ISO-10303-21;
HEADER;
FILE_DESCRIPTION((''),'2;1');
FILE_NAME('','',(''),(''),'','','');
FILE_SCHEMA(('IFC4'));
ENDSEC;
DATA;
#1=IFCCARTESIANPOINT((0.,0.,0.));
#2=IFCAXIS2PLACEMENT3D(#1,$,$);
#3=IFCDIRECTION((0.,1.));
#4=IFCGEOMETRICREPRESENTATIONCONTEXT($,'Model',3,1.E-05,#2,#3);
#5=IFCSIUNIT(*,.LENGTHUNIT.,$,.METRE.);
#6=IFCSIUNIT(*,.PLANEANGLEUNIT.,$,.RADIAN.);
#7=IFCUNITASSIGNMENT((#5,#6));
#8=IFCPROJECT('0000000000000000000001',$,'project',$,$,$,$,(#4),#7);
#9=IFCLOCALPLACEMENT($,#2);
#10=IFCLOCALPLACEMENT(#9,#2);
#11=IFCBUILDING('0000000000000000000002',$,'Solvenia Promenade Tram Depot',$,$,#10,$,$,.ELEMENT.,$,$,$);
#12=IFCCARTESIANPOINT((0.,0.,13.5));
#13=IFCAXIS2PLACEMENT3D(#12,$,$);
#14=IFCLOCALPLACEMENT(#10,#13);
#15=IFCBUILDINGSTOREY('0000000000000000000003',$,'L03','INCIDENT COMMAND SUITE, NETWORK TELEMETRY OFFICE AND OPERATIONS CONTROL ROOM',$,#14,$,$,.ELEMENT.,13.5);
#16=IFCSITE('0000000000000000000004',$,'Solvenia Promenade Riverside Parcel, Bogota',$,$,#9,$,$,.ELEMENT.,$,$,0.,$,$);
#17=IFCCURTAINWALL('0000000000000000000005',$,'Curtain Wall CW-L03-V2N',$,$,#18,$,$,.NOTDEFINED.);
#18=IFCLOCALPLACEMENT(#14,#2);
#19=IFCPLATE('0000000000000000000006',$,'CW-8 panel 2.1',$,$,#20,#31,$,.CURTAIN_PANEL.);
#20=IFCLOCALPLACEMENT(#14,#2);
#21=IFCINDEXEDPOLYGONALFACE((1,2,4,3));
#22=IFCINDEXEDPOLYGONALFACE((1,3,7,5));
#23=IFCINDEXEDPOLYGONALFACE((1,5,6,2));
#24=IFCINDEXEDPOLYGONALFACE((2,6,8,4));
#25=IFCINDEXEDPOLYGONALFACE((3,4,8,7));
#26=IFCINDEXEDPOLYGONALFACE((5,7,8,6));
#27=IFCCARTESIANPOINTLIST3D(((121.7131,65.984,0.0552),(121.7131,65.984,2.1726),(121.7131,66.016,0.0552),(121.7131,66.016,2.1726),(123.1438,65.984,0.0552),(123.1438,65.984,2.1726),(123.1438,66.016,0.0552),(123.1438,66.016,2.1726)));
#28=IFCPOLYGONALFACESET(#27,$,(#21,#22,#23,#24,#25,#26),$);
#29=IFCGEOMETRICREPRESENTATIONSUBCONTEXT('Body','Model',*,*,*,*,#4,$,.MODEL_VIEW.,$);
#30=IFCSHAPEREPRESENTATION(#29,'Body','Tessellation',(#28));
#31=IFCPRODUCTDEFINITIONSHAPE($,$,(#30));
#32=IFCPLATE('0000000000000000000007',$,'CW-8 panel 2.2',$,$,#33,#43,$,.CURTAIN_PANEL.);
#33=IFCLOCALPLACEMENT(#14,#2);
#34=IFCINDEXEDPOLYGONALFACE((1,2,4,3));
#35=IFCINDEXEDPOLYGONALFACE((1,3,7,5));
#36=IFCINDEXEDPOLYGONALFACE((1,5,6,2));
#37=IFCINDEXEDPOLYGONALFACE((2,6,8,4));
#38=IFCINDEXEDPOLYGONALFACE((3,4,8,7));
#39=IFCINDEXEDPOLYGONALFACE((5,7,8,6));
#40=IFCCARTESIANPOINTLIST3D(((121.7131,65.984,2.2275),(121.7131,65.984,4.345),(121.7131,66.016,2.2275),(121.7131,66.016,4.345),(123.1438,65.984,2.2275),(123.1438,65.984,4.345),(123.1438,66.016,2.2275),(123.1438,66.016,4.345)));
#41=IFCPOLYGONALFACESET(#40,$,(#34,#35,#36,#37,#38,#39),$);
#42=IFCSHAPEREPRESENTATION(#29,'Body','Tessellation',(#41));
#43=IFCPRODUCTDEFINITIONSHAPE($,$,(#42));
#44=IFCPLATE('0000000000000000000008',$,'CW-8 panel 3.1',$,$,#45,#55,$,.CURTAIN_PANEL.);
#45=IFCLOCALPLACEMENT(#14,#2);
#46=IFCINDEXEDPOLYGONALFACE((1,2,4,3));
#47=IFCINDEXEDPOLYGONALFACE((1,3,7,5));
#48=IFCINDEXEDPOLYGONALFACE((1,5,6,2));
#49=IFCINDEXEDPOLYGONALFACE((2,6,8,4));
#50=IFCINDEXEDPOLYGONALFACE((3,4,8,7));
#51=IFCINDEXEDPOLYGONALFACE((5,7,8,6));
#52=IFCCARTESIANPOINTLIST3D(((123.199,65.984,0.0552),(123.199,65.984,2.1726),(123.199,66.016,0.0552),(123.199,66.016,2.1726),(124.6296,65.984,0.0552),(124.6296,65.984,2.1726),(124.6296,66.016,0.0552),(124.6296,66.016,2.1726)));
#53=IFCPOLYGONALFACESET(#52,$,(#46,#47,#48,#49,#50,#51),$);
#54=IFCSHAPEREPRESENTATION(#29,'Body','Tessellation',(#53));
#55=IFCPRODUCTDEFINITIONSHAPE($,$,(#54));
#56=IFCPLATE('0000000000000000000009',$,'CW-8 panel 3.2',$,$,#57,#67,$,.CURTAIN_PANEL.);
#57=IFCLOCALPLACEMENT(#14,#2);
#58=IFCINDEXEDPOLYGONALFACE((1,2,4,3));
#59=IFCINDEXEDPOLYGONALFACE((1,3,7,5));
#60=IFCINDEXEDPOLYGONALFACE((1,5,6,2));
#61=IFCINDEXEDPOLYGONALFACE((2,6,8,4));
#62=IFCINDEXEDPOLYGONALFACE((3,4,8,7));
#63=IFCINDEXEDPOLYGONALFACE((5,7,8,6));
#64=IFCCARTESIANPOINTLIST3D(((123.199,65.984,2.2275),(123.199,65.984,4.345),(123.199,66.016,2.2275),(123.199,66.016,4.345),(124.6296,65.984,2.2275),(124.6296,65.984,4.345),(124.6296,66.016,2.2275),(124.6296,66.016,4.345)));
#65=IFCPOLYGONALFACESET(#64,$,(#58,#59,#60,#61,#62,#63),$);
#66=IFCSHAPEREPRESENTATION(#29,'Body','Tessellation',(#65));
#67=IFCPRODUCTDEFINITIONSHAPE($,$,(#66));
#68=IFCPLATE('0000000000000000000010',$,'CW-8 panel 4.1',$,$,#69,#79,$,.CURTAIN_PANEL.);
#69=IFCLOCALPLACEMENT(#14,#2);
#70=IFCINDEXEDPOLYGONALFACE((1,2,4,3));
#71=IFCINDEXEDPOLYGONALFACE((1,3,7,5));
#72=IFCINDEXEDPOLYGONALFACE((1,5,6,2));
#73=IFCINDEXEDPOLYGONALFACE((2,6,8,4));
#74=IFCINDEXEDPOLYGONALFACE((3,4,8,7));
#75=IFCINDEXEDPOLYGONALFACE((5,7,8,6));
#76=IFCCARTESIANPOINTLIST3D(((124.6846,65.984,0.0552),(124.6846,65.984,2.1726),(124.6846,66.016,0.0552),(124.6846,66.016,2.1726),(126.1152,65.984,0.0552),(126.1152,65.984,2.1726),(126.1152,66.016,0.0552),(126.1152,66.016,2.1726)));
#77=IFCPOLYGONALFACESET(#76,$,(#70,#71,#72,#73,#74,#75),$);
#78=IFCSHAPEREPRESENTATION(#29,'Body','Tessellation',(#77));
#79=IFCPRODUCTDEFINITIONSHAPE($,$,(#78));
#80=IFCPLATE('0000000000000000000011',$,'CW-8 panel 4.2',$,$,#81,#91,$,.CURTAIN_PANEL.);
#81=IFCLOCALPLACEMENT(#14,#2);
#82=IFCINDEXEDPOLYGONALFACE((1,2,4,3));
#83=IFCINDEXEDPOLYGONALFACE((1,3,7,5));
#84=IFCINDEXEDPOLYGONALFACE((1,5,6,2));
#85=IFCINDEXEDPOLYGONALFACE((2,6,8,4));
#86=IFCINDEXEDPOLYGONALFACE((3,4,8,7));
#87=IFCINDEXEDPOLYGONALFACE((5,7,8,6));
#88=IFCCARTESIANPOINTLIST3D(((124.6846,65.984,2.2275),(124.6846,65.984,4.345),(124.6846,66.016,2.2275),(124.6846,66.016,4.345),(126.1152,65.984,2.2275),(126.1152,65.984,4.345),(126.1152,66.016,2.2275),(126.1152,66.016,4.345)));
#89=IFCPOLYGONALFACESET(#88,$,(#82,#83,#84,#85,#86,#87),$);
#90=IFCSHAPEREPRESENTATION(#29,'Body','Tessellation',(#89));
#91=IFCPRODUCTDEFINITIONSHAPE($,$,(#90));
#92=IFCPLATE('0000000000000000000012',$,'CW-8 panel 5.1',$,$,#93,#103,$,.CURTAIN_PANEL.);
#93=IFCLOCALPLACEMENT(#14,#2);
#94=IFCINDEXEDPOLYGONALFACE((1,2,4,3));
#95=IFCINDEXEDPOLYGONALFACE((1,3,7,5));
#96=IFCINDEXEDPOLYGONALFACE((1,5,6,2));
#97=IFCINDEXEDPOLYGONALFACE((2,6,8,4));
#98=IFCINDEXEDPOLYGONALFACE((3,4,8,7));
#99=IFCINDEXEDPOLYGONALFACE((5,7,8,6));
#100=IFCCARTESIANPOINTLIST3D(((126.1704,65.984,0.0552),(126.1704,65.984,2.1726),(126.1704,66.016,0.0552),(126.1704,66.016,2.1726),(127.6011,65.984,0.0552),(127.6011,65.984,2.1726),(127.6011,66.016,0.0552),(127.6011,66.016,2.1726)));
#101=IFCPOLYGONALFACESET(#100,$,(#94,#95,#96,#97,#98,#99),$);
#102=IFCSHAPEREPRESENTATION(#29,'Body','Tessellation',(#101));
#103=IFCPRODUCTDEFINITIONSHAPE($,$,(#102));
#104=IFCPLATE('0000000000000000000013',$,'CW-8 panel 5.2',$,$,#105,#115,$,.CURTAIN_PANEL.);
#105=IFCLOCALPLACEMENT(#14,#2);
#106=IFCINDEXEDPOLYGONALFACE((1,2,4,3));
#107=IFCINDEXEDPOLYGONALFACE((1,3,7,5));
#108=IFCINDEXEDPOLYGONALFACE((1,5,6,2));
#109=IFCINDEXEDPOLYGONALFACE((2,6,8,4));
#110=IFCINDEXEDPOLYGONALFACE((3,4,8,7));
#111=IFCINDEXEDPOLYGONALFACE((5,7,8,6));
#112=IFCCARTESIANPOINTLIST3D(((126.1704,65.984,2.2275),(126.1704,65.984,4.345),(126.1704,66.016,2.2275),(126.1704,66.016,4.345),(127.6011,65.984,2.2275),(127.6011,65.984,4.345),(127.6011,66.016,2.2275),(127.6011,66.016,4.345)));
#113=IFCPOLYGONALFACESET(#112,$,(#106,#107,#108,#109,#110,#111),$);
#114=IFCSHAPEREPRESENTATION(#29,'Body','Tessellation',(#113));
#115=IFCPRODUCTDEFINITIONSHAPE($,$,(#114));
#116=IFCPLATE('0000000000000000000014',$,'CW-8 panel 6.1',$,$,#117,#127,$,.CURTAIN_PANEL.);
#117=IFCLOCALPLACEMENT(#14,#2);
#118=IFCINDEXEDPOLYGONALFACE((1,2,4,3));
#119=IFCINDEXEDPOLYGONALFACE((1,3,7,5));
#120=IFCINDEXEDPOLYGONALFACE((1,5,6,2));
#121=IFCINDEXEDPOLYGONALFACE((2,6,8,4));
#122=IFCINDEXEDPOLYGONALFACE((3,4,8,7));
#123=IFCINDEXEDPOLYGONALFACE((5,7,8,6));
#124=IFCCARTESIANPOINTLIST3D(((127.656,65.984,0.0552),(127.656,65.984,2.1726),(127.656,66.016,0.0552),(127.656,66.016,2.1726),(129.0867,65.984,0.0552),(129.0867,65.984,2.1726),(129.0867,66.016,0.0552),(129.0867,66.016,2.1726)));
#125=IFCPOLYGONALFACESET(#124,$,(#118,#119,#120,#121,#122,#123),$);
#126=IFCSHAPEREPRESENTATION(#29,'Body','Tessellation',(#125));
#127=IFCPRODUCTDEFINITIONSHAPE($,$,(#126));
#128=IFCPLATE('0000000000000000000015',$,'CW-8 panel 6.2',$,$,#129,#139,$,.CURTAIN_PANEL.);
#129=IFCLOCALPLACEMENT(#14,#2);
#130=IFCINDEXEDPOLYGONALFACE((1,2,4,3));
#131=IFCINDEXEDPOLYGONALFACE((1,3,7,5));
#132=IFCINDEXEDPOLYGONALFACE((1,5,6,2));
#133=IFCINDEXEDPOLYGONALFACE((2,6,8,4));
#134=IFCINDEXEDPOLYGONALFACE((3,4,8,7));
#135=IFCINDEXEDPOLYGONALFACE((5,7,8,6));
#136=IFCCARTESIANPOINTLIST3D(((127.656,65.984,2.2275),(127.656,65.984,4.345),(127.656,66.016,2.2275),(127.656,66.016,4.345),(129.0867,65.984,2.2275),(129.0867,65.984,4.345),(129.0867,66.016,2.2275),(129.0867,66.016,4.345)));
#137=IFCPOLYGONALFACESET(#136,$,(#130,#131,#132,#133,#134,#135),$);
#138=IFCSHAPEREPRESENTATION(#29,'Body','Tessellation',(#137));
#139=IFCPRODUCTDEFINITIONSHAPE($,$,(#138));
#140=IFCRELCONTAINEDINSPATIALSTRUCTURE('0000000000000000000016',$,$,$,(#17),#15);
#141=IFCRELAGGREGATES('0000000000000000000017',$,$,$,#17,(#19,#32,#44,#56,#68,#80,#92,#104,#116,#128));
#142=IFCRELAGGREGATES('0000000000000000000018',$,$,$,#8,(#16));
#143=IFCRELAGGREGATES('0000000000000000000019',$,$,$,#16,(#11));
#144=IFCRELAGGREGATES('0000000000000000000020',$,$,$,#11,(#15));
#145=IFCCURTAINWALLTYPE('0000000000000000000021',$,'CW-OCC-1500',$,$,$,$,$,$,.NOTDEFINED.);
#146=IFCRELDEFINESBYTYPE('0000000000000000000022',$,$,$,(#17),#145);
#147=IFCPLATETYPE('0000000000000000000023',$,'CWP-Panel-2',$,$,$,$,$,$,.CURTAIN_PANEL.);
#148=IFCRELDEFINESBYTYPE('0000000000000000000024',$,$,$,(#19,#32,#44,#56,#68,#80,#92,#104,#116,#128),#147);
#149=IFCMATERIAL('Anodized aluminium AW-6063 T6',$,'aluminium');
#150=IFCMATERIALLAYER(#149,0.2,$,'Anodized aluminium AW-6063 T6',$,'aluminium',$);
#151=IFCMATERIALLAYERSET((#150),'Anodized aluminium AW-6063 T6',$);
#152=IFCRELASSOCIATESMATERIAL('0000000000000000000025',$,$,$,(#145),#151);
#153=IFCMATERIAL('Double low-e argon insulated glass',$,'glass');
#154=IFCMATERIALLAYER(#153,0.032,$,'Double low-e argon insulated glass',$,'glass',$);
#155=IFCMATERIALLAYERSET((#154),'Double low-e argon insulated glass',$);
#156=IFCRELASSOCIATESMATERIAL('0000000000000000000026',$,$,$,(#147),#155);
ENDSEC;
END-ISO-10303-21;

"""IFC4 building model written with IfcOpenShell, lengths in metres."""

from ifc_helpers import new_model, si_unit, direction, frame, origin, origin_2d, place, context, subcontext, project, spatial, rectangle, extrude, material, layer, layer_set, type_object, element, aggregate, save


model = new_model("IFC4")

# Units and contexts
model_context = context("Model", 3, precision=1e-05, world=origin(), true_north=direction((0.0, 1.0)))
body_context = subcontext(model_context, "Body", "Model", "MODEL_VIEW")
ifc_project = project(units=[si_unit("LENGTHUNIT", "METRE"), si_unit("PLANEANGLEUNIT", "RADIAN")], contexts=[model_context])

# Site, building, storey
site_placement = place(None, origin())
site = spatial("IfcSite", under=ifc_project, at=site_placement, Name="Solvenia Promenade Riverside Parcel, Bogota", CompositionType="ELEMENT", RefElevation=0.0)
building_placement = place(site_placement, origin())
building = spatial("IfcBuilding", under=site, at=building_placement, Name="Solvenia Promenade Tram Depot", CompositionType="ELEMENT")
storey_placement = place(building_placement, frame((0.0, 0.0, 13.5)))
storey = spatial("IfcBuildingStorey", under=building, at=storey_placement, Name="L03", Description="INCIDENT COMMAND SUITE, NETWORK TELEMETRY OFFICE AND OPERATIONS CONTROL ROOM", CompositionType="ELEMENT", Elevation=13.5)

# Curtain wall
ifc_material_1 = material(Name="Anodized aluminium AW-6063 T6", Category="aluminium")
ifc_layer_1 = layer(ifc_material_1, 0.2, Name="Anodized aluminium AW-6063 T6", Category="aluminium")
ifc_layer_set_1 = layer_set([ifc_layer_1], Name="Anodized aluminium AW-6063 T6")
curtain_wall_type = type_object("IfcCurtainWallType", Name="CW-OCC-1500", PredefinedType="NOTDEFINED", material=ifc_layer_set_1)
curtain_wall_placement = place(storey_placement, origin())
curtain_wall = element("IfcCurtainWall", 1, at=curtain_wall_placement, inside=storey, type_object=curtain_wall_type, Name="Curtain Wall CW-L03-V2N", PredefinedType="NOTDEFINED")

# Plates
ifc_material_2 = material(Name="Double low-e argon insulated glass", Category="glass")
ifc_layer_2 = layer(ifc_material_2, 0.032, Name="Double low-e argon insulated glass", Category="glass")
ifc_layer_set_2 = layer_set([ifc_layer_2], Name="Double low-e argon insulated glass")
plate_type = type_object("IfcPlateType", Name="CWP-Panel-2", PredefinedType="CURTAIN_PANEL", material=ifc_layer_set_2)
plate_1_placement = place(storey_placement, frame((122.4285, 66.0, 0.0552), z_axis=(0.0, 0.0, 1.0), x_axis=(1.0, 0.0, 0.0)))
plate_1 = element("IfcPlate", 2, at=plate_1_placement, type_object=plate_type, Name="CW-8 panel 2.1", PredefinedType="CURTAIN_PANEL", context=body_context, shape_type="SweptSolid", body=[
    extrude(rectangle(XDim=1.4307, YDim=0.032, at=origin_2d()), origin(), (0.0, 0.0, 1.0), 2.1174),
])
plate_2_placement = place(storey_placement, frame((122.4285, 66.0, 2.2275), z_axis=(0.0, 0.0, 1.0), x_axis=(1.0, 0.0, 0.0)))
plate_2 = element("IfcPlate", 3, at=plate_2_placement, type_object=plate_type, Name="CW-8 panel 2.2", PredefinedType="CURTAIN_PANEL", context=body_context, shape_type="SweptSolid", body=[
    extrude(rectangle(XDim=1.4307, YDim=0.032, at=origin_2d()), origin(), (0.0, 0.0, 1.0), 2.1174),
])
plate_3_placement = place(storey_placement, frame((123.9143, 66.0, 0.0552), z_axis=(0.0, 0.0, 1.0), x_axis=(1.0, 0.0, 0.0)))
plate_3 = element("IfcPlate", 4, at=plate_3_placement, type_object=plate_type, Name="CW-8 panel 3.1", PredefinedType="CURTAIN_PANEL", context=body_context, shape_type="SweptSolid", body=[
    extrude(rectangle(XDim=1.4307, YDim=0.032, at=origin_2d()), origin(), (0.0, 0.0, 1.0), 2.1174),
])
plate_4_placement = place(storey_placement, frame((123.9143, 66.0, 2.2275), z_axis=(0.0, 0.0, 1.0), x_axis=(1.0, 0.0, 0.0)))
plate_4 = element("IfcPlate", 5, at=plate_4_placement, type_object=plate_type, Name="CW-8 panel 3.2", PredefinedType="CURTAIN_PANEL", context=body_context, shape_type="SweptSolid", body=[
    extrude(rectangle(XDim=1.4307, YDim=0.032, at=origin_2d()), origin(), (0.0, 0.0, 1.0), 2.1174),
])
plate_5_placement = place(storey_placement, frame((125.3999, 66.0, 0.0552), z_axis=(0.0, 0.0, 1.0), x_axis=(1.0, 0.0, 0.0)))
plate_5 = element("IfcPlate", 6, at=plate_5_placement, type_object=plate_type, Name="CW-8 panel 4.1", PredefinedType="CURTAIN_PANEL", context=body_context, shape_type="SweptSolid", body=[
    extrude(rectangle(XDim=1.4307, YDim=0.032, at=origin_2d()), origin(), (0.0, 0.0, 1.0), 2.1174),
])
plate_6_placement = place(storey_placement, frame((125.3999, 66.0, 2.2275), z_axis=(0.0, 0.0, 1.0), x_axis=(1.0, 0.0, 0.0)))
plate_6 = element("IfcPlate", 7, at=plate_6_placement, type_object=plate_type, Name="CW-8 panel 4.2", PredefinedType="CURTAIN_PANEL", context=body_context, shape_type="SweptSolid", body=[
    extrude(rectangle(XDim=1.4307, YDim=0.032, at=origin_2d()), origin(), (0.0, 0.0, 1.0), 2.1174),
])
plate_7_placement = place(storey_placement, frame((126.8857, 66.0, 0.0552), z_axis=(0.0, 0.0, 1.0), x_axis=(1.0, 0.0, 0.0)))
plate_7 = element("IfcPlate", 8, at=plate_7_placement, type_object=plate_type, Name="CW-8 panel 5.1", PredefinedType="CURTAIN_PANEL", context=body_context, shape_type="SweptSolid", body=[
    extrude(rectangle(XDim=1.4307, YDim=0.032, at=origin_2d()), origin(), (0.0, 0.0, 1.0), 2.1174),
])
plate_8_placement = place(storey_placement, frame((126.8857, 66.0, 2.2275), z_axis=(0.0, 0.0, 1.0), x_axis=(1.0, 0.0, 0.0)))
plate_8 = element("IfcPlate", 9, at=plate_8_placement, type_object=plate_type, Name="CW-8 panel 5.2", PredefinedType="CURTAIN_PANEL", context=body_context, shape_type="SweptSolid", body=[
    extrude(rectangle(XDim=1.4307, YDim=0.032, at=origin_2d()), origin(), (0.0, 0.0, 1.0), 2.1174),
])
plate_9_placement = place(storey_placement, frame((128.3713, 66.0, 0.0552), z_axis=(0.0, 0.0, 1.0), x_axis=(1.0, 0.0, 0.0)))
plate_9 = element("IfcPlate", 10, at=plate_9_placement, type_object=plate_type, Name="CW-8 panel 6.1", PredefinedType="CURTAIN_PANEL", context=body_context, shape_type="SweptSolid", body=[
    extrude(rectangle(XDim=1.4307, YDim=0.032, at=origin_2d()), origin(), (0.0, 0.0, 1.0), 2.1174),
])
plate_10_placement = place(storey_placement, frame((128.3713, 66.0, 2.2275), z_axis=(0.0, 0.0, 1.0), x_axis=(1.0, 0.0, 0.0)))
plate_10 = element("IfcPlate", 11, at=plate_10_placement, type_object=plate_type, Name="CW-8 panel 6.2", PredefinedType="CURTAIN_PANEL", context=body_context, shape_type="SweptSolid", body=[
    extrude(rectangle(XDim=1.4307, YDim=0.032, at=origin_2d()), origin(), (0.0, 0.0, 1.0), 2.1174),
])
aggregate(curtain_wall, [plate_1, plate_2, plate_3, plate_4, plate_5, plate_6, plate_7, plate_8, plate_9, plate_10])

save(model, "model.ifc")
